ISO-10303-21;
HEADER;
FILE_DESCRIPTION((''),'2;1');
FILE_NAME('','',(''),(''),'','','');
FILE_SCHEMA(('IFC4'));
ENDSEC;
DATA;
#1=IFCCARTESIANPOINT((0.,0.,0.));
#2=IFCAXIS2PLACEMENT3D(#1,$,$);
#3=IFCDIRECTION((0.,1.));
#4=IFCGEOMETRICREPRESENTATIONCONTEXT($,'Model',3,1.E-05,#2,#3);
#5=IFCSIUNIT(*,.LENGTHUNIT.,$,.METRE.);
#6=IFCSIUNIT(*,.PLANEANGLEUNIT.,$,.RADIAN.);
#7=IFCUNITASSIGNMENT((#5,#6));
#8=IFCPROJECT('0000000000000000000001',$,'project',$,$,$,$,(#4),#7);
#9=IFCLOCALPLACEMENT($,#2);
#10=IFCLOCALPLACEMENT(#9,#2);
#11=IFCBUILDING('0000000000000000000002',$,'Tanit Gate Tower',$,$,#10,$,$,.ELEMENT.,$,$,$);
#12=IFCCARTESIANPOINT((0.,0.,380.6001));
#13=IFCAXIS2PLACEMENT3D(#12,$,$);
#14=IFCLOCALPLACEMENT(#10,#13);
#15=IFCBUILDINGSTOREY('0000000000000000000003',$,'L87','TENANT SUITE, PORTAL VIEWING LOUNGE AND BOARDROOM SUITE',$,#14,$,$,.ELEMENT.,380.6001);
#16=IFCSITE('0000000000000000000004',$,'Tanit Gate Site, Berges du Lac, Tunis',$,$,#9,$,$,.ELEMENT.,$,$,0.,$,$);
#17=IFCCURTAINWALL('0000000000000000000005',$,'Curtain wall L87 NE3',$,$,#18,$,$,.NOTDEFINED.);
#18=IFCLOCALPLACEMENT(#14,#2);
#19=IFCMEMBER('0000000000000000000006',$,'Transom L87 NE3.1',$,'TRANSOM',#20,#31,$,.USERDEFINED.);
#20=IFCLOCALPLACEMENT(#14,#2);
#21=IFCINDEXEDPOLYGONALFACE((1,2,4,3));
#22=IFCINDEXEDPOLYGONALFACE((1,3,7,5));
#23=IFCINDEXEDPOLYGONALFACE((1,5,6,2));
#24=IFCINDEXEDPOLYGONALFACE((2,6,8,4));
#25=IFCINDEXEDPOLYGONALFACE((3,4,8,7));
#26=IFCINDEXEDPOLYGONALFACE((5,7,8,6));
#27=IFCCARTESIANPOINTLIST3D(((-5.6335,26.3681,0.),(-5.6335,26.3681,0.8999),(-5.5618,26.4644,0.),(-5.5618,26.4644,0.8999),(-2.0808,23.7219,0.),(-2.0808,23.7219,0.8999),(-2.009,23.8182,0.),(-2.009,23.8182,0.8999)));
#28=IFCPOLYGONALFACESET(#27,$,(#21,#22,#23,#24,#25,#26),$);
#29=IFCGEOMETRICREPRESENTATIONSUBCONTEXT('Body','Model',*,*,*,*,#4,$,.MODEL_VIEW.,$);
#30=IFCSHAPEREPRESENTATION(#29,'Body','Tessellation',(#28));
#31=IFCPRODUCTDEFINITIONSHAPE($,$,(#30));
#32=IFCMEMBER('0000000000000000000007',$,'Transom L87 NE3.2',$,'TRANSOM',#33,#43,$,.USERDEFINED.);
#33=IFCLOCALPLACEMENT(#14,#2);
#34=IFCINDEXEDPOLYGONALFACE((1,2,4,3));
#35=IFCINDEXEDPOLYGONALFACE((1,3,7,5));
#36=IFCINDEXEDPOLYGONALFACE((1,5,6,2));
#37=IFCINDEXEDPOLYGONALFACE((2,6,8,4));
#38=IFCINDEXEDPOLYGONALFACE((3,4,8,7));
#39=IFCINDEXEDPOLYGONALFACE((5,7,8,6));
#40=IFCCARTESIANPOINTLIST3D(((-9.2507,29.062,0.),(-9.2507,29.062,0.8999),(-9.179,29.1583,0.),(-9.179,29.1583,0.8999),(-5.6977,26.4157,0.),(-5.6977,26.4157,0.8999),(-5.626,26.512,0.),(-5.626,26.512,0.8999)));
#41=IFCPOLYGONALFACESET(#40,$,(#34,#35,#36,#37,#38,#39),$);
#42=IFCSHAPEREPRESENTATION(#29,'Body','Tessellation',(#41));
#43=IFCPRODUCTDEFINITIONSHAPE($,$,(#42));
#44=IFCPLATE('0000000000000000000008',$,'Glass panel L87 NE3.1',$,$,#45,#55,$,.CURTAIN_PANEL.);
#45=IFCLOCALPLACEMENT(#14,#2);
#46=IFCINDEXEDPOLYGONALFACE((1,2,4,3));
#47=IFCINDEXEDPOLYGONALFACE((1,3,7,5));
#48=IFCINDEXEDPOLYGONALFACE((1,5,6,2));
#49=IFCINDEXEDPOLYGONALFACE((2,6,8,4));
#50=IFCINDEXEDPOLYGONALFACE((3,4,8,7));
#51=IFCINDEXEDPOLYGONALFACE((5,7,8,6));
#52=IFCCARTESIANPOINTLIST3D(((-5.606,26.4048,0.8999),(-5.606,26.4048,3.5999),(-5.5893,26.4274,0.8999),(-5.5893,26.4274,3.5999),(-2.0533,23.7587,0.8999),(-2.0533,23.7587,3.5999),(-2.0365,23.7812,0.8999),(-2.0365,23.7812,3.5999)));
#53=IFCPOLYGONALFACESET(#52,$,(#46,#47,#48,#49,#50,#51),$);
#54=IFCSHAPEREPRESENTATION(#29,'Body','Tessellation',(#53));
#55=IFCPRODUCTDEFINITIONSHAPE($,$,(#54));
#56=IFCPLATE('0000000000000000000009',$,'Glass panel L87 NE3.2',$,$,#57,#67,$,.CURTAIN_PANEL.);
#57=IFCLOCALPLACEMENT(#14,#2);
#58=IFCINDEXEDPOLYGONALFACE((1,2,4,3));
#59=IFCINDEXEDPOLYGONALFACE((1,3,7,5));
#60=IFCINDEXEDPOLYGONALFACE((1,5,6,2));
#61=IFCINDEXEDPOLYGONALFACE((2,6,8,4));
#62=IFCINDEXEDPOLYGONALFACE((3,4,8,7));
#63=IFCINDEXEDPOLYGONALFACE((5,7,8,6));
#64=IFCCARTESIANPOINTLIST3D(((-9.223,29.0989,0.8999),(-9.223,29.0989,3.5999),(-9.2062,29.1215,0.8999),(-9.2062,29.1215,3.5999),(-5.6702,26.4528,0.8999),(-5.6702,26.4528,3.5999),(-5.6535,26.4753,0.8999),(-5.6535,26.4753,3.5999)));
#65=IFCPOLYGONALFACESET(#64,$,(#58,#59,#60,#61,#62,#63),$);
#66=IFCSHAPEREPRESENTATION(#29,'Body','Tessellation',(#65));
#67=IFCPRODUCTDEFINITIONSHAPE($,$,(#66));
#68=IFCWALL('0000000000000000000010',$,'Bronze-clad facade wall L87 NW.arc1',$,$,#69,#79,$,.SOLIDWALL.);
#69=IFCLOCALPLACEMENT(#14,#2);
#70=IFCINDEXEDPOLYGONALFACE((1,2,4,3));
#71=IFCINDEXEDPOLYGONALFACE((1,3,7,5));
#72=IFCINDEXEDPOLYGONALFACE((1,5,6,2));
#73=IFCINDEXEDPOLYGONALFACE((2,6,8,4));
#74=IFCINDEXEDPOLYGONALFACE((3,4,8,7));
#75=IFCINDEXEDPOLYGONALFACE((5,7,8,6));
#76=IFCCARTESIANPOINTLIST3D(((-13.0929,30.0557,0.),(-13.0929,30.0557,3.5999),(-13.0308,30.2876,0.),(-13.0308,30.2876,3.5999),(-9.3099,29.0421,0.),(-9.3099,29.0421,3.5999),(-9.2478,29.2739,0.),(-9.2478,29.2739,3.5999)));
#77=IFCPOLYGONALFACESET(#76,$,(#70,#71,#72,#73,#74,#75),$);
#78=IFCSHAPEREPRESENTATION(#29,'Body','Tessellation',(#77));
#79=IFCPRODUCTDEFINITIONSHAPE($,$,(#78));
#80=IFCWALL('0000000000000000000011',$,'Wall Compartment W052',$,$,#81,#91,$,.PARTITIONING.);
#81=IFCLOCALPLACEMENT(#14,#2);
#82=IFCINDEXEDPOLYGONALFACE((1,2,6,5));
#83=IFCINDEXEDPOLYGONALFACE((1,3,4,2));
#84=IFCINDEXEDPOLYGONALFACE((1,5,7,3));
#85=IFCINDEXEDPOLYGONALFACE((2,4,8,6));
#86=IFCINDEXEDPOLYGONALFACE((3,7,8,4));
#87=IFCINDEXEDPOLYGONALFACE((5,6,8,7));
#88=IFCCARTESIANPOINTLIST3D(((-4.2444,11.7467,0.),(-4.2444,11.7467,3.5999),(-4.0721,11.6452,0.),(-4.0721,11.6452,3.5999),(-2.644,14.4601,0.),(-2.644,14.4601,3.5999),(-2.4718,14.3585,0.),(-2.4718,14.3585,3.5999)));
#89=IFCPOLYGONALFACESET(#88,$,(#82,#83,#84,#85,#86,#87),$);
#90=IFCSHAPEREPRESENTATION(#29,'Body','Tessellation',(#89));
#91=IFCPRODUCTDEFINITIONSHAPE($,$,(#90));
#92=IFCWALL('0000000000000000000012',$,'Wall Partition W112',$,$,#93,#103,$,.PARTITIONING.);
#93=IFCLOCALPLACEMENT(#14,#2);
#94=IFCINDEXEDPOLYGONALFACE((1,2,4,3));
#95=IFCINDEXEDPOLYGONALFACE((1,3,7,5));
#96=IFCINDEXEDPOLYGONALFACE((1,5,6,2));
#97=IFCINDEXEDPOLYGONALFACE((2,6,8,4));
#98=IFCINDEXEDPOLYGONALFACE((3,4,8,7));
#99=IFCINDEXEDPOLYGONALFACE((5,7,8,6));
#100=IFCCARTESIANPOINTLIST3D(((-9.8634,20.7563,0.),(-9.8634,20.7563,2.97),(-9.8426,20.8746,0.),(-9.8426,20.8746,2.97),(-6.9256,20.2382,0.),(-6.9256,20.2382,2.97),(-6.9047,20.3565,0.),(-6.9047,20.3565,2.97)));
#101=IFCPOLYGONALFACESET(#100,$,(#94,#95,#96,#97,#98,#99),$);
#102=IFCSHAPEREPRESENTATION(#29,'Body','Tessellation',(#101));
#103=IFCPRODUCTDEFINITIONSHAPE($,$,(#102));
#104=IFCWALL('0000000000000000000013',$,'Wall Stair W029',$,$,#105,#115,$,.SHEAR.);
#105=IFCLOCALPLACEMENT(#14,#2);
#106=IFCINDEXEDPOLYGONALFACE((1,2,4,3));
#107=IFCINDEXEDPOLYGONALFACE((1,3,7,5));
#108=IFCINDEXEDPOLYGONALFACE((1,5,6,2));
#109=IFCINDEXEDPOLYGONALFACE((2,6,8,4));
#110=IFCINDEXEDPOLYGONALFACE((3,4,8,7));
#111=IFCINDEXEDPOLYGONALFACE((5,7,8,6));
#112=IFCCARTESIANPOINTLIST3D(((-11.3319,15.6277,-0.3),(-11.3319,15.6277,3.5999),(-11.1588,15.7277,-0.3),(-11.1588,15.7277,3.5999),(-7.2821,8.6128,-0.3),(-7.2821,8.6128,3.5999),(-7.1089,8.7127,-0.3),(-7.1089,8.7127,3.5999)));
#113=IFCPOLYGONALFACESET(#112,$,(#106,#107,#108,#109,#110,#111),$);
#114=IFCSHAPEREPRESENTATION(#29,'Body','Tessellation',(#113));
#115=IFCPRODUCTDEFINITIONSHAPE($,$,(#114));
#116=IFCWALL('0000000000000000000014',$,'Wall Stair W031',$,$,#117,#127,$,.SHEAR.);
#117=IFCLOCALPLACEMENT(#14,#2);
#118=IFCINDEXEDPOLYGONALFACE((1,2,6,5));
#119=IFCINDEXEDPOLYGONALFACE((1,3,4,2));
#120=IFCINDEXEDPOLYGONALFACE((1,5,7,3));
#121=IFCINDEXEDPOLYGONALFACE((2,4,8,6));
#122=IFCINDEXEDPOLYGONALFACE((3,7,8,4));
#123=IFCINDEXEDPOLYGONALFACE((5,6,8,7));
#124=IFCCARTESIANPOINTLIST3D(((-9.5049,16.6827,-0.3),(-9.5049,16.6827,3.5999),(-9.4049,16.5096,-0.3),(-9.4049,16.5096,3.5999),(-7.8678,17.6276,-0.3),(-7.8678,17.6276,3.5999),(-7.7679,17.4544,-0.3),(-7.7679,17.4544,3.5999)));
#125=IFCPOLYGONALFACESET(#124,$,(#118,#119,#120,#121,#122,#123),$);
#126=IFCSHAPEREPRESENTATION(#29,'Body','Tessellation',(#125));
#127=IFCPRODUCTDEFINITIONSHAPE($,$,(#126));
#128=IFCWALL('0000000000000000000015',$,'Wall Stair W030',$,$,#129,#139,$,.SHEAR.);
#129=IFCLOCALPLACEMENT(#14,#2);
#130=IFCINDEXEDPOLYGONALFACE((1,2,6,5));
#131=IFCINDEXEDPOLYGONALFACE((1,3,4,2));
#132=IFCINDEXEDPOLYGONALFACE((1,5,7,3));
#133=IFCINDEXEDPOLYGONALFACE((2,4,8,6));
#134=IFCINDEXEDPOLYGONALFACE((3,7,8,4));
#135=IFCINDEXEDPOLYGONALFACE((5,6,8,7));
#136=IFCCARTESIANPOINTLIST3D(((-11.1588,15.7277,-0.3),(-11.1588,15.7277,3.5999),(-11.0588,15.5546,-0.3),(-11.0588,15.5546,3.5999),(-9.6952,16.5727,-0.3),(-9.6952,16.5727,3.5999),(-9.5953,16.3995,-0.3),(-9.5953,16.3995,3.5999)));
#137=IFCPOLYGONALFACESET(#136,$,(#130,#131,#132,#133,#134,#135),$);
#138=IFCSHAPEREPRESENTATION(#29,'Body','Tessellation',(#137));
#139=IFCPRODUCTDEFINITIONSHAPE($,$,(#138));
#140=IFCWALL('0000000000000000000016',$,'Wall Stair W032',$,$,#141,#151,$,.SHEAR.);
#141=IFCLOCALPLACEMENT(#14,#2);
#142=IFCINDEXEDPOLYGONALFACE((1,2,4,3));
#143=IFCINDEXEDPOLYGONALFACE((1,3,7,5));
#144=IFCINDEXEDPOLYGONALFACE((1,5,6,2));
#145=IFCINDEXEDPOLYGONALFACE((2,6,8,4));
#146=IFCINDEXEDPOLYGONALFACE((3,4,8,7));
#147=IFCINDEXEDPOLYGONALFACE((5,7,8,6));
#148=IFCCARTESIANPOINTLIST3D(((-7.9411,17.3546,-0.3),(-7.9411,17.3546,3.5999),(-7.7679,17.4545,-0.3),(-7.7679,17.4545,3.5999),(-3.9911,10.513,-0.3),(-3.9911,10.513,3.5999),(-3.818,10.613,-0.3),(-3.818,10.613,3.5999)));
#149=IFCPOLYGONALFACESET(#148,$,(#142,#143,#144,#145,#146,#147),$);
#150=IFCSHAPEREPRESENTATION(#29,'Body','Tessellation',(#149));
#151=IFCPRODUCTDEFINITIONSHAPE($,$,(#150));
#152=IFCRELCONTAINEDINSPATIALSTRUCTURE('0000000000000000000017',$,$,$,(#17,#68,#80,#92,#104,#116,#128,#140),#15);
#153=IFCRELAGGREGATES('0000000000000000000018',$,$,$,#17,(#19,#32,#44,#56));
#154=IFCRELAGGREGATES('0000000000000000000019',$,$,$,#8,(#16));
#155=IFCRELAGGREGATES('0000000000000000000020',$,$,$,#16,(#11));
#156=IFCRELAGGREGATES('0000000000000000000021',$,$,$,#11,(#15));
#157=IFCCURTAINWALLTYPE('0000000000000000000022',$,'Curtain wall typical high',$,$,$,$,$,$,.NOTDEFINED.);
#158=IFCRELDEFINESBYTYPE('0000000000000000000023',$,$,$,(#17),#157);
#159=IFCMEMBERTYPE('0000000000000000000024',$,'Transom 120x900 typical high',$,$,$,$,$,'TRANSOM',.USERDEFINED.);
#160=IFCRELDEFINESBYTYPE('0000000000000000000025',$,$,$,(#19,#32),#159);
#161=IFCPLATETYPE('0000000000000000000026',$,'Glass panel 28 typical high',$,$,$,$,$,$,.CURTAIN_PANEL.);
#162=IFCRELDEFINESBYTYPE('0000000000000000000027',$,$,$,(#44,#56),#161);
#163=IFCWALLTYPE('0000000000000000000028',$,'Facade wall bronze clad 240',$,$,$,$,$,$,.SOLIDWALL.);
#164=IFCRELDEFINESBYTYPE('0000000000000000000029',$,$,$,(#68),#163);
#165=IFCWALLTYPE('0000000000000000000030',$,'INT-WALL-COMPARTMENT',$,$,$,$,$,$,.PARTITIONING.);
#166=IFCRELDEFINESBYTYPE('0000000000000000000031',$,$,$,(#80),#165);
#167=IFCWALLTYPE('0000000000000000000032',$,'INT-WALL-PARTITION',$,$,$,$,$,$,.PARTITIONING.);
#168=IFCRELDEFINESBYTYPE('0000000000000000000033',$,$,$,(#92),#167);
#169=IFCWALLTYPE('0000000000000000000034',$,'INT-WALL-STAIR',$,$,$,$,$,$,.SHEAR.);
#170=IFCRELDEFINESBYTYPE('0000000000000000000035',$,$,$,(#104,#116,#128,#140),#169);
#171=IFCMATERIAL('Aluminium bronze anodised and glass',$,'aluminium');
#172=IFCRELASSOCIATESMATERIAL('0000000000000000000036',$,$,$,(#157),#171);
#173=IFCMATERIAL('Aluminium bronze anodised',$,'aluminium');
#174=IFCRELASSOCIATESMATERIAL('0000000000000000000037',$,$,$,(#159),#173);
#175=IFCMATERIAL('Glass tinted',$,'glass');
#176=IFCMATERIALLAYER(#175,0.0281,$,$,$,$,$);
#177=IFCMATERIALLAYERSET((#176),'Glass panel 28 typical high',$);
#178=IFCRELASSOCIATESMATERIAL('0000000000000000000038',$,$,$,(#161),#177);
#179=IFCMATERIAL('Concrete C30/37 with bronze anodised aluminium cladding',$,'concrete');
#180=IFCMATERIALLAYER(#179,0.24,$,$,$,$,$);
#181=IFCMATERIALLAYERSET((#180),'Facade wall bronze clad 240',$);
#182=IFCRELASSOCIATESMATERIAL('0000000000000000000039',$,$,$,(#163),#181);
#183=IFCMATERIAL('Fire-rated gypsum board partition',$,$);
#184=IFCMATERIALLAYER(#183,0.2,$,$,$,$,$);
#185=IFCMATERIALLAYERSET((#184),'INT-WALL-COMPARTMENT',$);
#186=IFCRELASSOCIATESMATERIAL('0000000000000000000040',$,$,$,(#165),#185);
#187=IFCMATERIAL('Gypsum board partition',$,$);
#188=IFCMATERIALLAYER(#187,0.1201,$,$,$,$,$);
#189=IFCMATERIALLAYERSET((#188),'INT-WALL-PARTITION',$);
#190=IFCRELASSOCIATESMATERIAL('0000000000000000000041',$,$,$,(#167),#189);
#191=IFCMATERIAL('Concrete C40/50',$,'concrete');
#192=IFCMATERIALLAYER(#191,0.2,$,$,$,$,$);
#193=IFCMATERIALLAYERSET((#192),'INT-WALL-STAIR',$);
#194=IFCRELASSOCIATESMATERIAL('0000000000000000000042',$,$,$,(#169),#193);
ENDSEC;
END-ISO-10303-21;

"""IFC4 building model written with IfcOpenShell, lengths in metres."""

from ifc_helpers import new_model, si_unit, direction, frame, frame_2d, origin, origin_2d, place, context, subcontext, project, spatial, rectangle, extrude, material, layer, layer_set, material_profile, profile_set, type_object, element, aggregate, save


model = new_model("IFC4")

# Units and contexts
model_context = context("Model", 3, precision=1e-05, world=origin(), true_north=direction((0.0, 1.0)))
body_context = subcontext(model_context, "Body", "Model", "MODEL_VIEW")
ifc_project = project(units=[si_unit("LENGTHUNIT", "METRE"), si_unit("PLANEANGLEUNIT", "RADIAN")], contexts=[model_context])

# Site, building, storey
site_placement = place(None, origin())
site = spatial("IfcSite", under=ifc_project, at=site_placement, Name="Tanit Gate Site, Berges du Lac, Tunis", CompositionType="ELEMENT", RefElevation=0.0)
building_placement = place(site_placement, origin())
building = spatial("IfcBuilding", under=site, at=building_placement, Name="Tanit Gate Tower", CompositionType="ELEMENT")
storey_placement = place(building_placement, frame((0.0, 0.0, 380.6001)))
storey = spatial("IfcBuildingStorey", under=building, at=storey_placement, Name="L87", Description="TENANT SUITE, PORTAL VIEWING LOUNGE AND BOARDROOM SUITE", CompositionType="ELEMENT", Elevation=380.6001)

# Curtain wall
ifc_material_1 = material(Name="Aluminium bronze anodised and glass", Category="aluminium")
curtain_wall_type = type_object("IfcCurtainWallType", Name="Curtain wall typical high", PredefinedType="NOTDEFINED", material=ifc_material_1)
curtain_wall_1_placement = place(storey_placement, origin())
curtain_wall_1 = element("IfcCurtainWall", 1, at=curtain_wall_1_placement, inside=storey, type_object=curtain_wall_type, Name="Curtain wall L87 NE3", PredefinedType="NOTDEFINED")

# Members
ifc_material_2 = material(Name="Aluminium bronze anodised", Category="aluminium")
ifc_material_profile_1 = material_profile(ifc_material_2, rectangle(XDim=0.1201, YDim=0.8999, at=origin_2d()), Name="120x900 bronze transom")
ifc_profile_set_1 = profile_set([ifc_material_profile_1], Name="Aluminium bronze anodised")
member_type_1 = type_object("IfcMemberType", Name="Transom 120x900 typical high", ElementType="TRANSOM", PredefinedType="USERDEFINED", material=ifc_profile_set_1)
member_1_placement = place(storey_placement, frame((-2.0449, 23.77, 0.45), z_axis=(-0.80198, 0.597351, 0.0), x_axis=(-0.597351, -0.80198, 0.0)))
member_1 = element("IfcMember", 2, at=member_1_placement, type_object=member_type_1, Name="Transom L87 NE3.1", ObjectType="TRANSOM", PredefinedType="USERDEFINED", context=body_context, shape_type="SweptSolid", body=[
    extrude(rectangle(XDim=0.1201, YDim=0.8999, at=origin_2d()), origin(), (0.0, 0.0, 1.0), 4.4299),
])
member_2_placement = place(storey_placement, frame((-5.6619, 26.4639, 0.45), z_axis=(-0.801999, 0.597325, 0.0), x_axis=(-0.597325, -0.801999, 0.0)))
member_2 = element("IfcMember", 3, at=member_2_placement, type_object=member_type_1, Name="Transom L87 NE3.2", ObjectType="TRANSOM", PredefinedType="USERDEFINED", context=body_context, shape_type="SweptSolid", body=[
    extrude(rectangle(XDim=0.1201, YDim=0.8999, at=origin_2d()), origin(), (0.0, 0.0, 1.0), 4.4302),
])

# Plates
ifc_material_3 = material(Name="Glass tinted", Category="glass")
ifc_layer_1 = layer(ifc_material_3, 0.0281)
ifc_layer_set_1 = layer_set([ifc_layer_1], Name="Glass panel 28 typical high")
plate_type = type_object("IfcPlateType", Name="Glass panel 28 typical high", PredefinedType="CURTAIN_PANEL", material=ifc_layer_set_1)
plate_1_placement = place(storey_placement, frame((-3.8213, 25.093, 0.8999), z_axis=(0.0, 0.0, 1.0), x_axis=(-0.801988, 0.597341, 0.0)))
plate_1 = element("IfcPlate", 4, at=plate_1_placement, type_object=plate_type, Name="Glass panel L87 NE3.1", PredefinedType="CURTAIN_PANEL", context=body_context, shape_type="SweptSolid", body=[
    extrude(rectangle(XDim=4.4299, YDim=0.0281, at=origin_2d()), origin(), (0.0, 0.0, 1.0), 2.7),
])
plate_2_placement = place(storey_placement, frame((-7.4382, 27.7871, 0.8999), z_axis=(0.0, 0.0, 1.0), x_axis=(-0.801988, 0.597341, 0.0)))
plate_2 = element("IfcPlate", 5, at=plate_2_placement, type_object=plate_type, Name="Glass panel L87 NE3.2", PredefinedType="CURTAIN_PANEL", context=body_context, shape_type="SweptSolid", body=[
    extrude(rectangle(XDim=4.4299, YDim=0.0281, at=origin_2d()), origin(), (0.0, 0.0, 1.0), 2.7),
])
aggregate(curtain_wall_1, [member_1, member_2, plate_1, plate_2])

# Walls
ifc_material_4 = material(Name="Concrete C30/37 with bronze anodised aluminium cladding", Category="concrete")
ifc_layer_2 = layer(ifc_material_4, 0.24)
ifc_layer_set_2 = layer_set([ifc_layer_2], Name="Facade wall bronze clad 240")
wall_type_1 = type_object("IfcWallType", Name="Facade wall bronze clad 240", PredefinedType="SOLIDWALL", material=ifc_layer_set_2)
wall_1_placement = place(storey_placement, frame((-9.2788, 29.158, 0.0), z_axis=(0.0, 0.0, 1.0), x_axis=(-0.965924, 0.258826, 0.0)))
element("IfcWall", 6, at=wall_1_placement, inside=storey, type_object=wall_type_1, Name="Bronze-clad facade wall L87 NW.arc1", PredefinedType="SOLIDWALL", context=body_context, shape_type="SweptSolid", body=[
    extrude(rectangle(XDim=3.9165, YDim=0.24, at=frame_2d((1.9583, 0.0))), origin(), (0.0, 0.0, 1.0), 3.5999),
])
ifc_material_5 = material(Name="Fire-rated gypsum board partition")
ifc_layer_3 = layer(ifc_material_5, 0.2)
ifc_layer_set_3 = layer_set([ifc_layer_3], Name="INT-WALL-COMPARTMENT")
wall_type_2 = type_object("IfcWallType", Name="INT-WALL-COMPARTMENT", PredefinedType="PARTITIONING", material=ifc_layer_set_3)
wall_2_placement = place(storey_placement, frame((-2.5579, 14.4094, 0.0), z_axis=(0.0, 0.0, 1.0), x_axis=(-0.508019, -0.861346, 0.0)))
element("IfcWall", 7, at=wall_2_placement, inside=storey, type_object=wall_type_2, Name="Wall Compartment W052", PredefinedType="PARTITIONING", context=body_context, shape_type="SweptSolid", body=[
    extrude(rectangle(XDim=3.1501, YDim=0.2, at=frame_2d((1.5752, 0.0))), origin(), (0.0, 0.0, 1.0), 3.5999),
])
ifc_material_6 = material(Name="Gypsum board partition")
ifc_layer_4 = layer(ifc_material_6, 0.1201)
ifc_layer_set_4 = layer_set([ifc_layer_4], Name="INT-WALL-PARTITION")
wall_type_3 = type_object("IfcWallType", Name="INT-WALL-PARTITION", PredefinedType="PARTITIONING", material=ifc_layer_set_4)
wall_3_placement = place(storey_placement, frame((-6.915, 20.2974, 0.0), z_axis=(0.0, 0.0, 1.0), x_axis=(-0.984804, 0.173669, 0.0)))
element("IfcWall", 8, at=wall_3_placement, inside=storey, type_object=wall_type_3, Name="Wall Partition W112", PredefinedType="PARTITIONING", context=body_context, shape_type="SweptSolid", body=[
    extrude(rectangle(XDim=2.9832, YDim=0.1201, at=frame_2d((1.4917, 0.0))), origin(), (0.0, 0.0, 1.0), 2.97),
])
ifc_material_7 = material(Name="Concrete C40/50", Category="concrete")
ifc_layer_5 = layer(ifc_material_7, 0.2)
ifc_layer_set_5 = layer_set([ifc_layer_5], Name="INT-WALL-STAIR")
wall_type_4 = type_object("IfcWallType", Name="INT-WALL-STAIR", PredefinedType="SHEAR", material=ifc_layer_set_5)
wall_4_placement = place(storey_placement, frame((-11.2454, 15.6777, -0.3), z_axis=(0.0, 0.0, 1.0), x_axis=(0.499977, -0.866039, 0.0)))
element("IfcWall", 9, at=wall_4_placement, inside=storey, type_object=wall_type_4, Name="Wall Stair W029", PredefinedType="SHEAR", context=body_context, shape_type="SweptSolid", body=[
    extrude(rectangle(XDim=8.1001, YDim=0.2, at=frame_2d((4.05, 0.0))), origin(), (0.0, 0.0, 1.0), 3.8999),
])
wall_5_placement = place(storey_placement, frame((-7.8179, 17.541, -0.3), z_axis=(0.0, 0.0, 1.0), x_axis=(-0.866089, -0.49989, 0.0)))
element("IfcWall", 10, at=wall_5_placement, inside=storey, type_object=wall_type_4, Name="Wall Stair W031", PredefinedType="SHEAR", context=body_context, shape_type="SweptSolid", body=[
    extrude(rectangle(XDim=1.8901, YDim=0.2, at=frame_2d((0.9451, 0.0))), origin(), (0.0, 0.0, 1.0), 3.8999),
])
wall_6_placement = place(storey_placement, frame((-9.6453, 16.4861, -0.3), z_axis=(0.0, 0.0, 1.0), x_axis=(-0.866039, -0.499977, 0.0)))
element("IfcWall", 11, at=wall_6_placement, inside=storey, type_object=wall_type_4, Name="Wall Stair W030", PredefinedType="SHEAR", context=body_context, shape_type="SweptSolid", body=[
    extrude(rectangle(XDim=1.6899, YDim=0.2, at=frame_2d((0.845, 0.0))), origin(), (0.0, 0.0, 1.0), 3.8999),
])
wall_7_placement = place(storey_placement, frame((-7.8545, 17.4045, -0.3), z_axis=(0.0, 0.0, 1.0), x_axis=(0.499998, -0.866027, 0.0)))
element("IfcWall", 12, at=wall_7_placement, inside=storey, type_object=wall_type_4, Name="Wall Stair W032", PredefinedType="SHEAR", context=body_context, shape_type="SweptSolid", body=[
    extrude(rectangle(XDim=7.8999, YDim=0.2, at=frame_2d((3.95, 0.0))), origin(), (0.0, 0.0, 1.0), 3.8999),
])

save(model, "model.ifc")
